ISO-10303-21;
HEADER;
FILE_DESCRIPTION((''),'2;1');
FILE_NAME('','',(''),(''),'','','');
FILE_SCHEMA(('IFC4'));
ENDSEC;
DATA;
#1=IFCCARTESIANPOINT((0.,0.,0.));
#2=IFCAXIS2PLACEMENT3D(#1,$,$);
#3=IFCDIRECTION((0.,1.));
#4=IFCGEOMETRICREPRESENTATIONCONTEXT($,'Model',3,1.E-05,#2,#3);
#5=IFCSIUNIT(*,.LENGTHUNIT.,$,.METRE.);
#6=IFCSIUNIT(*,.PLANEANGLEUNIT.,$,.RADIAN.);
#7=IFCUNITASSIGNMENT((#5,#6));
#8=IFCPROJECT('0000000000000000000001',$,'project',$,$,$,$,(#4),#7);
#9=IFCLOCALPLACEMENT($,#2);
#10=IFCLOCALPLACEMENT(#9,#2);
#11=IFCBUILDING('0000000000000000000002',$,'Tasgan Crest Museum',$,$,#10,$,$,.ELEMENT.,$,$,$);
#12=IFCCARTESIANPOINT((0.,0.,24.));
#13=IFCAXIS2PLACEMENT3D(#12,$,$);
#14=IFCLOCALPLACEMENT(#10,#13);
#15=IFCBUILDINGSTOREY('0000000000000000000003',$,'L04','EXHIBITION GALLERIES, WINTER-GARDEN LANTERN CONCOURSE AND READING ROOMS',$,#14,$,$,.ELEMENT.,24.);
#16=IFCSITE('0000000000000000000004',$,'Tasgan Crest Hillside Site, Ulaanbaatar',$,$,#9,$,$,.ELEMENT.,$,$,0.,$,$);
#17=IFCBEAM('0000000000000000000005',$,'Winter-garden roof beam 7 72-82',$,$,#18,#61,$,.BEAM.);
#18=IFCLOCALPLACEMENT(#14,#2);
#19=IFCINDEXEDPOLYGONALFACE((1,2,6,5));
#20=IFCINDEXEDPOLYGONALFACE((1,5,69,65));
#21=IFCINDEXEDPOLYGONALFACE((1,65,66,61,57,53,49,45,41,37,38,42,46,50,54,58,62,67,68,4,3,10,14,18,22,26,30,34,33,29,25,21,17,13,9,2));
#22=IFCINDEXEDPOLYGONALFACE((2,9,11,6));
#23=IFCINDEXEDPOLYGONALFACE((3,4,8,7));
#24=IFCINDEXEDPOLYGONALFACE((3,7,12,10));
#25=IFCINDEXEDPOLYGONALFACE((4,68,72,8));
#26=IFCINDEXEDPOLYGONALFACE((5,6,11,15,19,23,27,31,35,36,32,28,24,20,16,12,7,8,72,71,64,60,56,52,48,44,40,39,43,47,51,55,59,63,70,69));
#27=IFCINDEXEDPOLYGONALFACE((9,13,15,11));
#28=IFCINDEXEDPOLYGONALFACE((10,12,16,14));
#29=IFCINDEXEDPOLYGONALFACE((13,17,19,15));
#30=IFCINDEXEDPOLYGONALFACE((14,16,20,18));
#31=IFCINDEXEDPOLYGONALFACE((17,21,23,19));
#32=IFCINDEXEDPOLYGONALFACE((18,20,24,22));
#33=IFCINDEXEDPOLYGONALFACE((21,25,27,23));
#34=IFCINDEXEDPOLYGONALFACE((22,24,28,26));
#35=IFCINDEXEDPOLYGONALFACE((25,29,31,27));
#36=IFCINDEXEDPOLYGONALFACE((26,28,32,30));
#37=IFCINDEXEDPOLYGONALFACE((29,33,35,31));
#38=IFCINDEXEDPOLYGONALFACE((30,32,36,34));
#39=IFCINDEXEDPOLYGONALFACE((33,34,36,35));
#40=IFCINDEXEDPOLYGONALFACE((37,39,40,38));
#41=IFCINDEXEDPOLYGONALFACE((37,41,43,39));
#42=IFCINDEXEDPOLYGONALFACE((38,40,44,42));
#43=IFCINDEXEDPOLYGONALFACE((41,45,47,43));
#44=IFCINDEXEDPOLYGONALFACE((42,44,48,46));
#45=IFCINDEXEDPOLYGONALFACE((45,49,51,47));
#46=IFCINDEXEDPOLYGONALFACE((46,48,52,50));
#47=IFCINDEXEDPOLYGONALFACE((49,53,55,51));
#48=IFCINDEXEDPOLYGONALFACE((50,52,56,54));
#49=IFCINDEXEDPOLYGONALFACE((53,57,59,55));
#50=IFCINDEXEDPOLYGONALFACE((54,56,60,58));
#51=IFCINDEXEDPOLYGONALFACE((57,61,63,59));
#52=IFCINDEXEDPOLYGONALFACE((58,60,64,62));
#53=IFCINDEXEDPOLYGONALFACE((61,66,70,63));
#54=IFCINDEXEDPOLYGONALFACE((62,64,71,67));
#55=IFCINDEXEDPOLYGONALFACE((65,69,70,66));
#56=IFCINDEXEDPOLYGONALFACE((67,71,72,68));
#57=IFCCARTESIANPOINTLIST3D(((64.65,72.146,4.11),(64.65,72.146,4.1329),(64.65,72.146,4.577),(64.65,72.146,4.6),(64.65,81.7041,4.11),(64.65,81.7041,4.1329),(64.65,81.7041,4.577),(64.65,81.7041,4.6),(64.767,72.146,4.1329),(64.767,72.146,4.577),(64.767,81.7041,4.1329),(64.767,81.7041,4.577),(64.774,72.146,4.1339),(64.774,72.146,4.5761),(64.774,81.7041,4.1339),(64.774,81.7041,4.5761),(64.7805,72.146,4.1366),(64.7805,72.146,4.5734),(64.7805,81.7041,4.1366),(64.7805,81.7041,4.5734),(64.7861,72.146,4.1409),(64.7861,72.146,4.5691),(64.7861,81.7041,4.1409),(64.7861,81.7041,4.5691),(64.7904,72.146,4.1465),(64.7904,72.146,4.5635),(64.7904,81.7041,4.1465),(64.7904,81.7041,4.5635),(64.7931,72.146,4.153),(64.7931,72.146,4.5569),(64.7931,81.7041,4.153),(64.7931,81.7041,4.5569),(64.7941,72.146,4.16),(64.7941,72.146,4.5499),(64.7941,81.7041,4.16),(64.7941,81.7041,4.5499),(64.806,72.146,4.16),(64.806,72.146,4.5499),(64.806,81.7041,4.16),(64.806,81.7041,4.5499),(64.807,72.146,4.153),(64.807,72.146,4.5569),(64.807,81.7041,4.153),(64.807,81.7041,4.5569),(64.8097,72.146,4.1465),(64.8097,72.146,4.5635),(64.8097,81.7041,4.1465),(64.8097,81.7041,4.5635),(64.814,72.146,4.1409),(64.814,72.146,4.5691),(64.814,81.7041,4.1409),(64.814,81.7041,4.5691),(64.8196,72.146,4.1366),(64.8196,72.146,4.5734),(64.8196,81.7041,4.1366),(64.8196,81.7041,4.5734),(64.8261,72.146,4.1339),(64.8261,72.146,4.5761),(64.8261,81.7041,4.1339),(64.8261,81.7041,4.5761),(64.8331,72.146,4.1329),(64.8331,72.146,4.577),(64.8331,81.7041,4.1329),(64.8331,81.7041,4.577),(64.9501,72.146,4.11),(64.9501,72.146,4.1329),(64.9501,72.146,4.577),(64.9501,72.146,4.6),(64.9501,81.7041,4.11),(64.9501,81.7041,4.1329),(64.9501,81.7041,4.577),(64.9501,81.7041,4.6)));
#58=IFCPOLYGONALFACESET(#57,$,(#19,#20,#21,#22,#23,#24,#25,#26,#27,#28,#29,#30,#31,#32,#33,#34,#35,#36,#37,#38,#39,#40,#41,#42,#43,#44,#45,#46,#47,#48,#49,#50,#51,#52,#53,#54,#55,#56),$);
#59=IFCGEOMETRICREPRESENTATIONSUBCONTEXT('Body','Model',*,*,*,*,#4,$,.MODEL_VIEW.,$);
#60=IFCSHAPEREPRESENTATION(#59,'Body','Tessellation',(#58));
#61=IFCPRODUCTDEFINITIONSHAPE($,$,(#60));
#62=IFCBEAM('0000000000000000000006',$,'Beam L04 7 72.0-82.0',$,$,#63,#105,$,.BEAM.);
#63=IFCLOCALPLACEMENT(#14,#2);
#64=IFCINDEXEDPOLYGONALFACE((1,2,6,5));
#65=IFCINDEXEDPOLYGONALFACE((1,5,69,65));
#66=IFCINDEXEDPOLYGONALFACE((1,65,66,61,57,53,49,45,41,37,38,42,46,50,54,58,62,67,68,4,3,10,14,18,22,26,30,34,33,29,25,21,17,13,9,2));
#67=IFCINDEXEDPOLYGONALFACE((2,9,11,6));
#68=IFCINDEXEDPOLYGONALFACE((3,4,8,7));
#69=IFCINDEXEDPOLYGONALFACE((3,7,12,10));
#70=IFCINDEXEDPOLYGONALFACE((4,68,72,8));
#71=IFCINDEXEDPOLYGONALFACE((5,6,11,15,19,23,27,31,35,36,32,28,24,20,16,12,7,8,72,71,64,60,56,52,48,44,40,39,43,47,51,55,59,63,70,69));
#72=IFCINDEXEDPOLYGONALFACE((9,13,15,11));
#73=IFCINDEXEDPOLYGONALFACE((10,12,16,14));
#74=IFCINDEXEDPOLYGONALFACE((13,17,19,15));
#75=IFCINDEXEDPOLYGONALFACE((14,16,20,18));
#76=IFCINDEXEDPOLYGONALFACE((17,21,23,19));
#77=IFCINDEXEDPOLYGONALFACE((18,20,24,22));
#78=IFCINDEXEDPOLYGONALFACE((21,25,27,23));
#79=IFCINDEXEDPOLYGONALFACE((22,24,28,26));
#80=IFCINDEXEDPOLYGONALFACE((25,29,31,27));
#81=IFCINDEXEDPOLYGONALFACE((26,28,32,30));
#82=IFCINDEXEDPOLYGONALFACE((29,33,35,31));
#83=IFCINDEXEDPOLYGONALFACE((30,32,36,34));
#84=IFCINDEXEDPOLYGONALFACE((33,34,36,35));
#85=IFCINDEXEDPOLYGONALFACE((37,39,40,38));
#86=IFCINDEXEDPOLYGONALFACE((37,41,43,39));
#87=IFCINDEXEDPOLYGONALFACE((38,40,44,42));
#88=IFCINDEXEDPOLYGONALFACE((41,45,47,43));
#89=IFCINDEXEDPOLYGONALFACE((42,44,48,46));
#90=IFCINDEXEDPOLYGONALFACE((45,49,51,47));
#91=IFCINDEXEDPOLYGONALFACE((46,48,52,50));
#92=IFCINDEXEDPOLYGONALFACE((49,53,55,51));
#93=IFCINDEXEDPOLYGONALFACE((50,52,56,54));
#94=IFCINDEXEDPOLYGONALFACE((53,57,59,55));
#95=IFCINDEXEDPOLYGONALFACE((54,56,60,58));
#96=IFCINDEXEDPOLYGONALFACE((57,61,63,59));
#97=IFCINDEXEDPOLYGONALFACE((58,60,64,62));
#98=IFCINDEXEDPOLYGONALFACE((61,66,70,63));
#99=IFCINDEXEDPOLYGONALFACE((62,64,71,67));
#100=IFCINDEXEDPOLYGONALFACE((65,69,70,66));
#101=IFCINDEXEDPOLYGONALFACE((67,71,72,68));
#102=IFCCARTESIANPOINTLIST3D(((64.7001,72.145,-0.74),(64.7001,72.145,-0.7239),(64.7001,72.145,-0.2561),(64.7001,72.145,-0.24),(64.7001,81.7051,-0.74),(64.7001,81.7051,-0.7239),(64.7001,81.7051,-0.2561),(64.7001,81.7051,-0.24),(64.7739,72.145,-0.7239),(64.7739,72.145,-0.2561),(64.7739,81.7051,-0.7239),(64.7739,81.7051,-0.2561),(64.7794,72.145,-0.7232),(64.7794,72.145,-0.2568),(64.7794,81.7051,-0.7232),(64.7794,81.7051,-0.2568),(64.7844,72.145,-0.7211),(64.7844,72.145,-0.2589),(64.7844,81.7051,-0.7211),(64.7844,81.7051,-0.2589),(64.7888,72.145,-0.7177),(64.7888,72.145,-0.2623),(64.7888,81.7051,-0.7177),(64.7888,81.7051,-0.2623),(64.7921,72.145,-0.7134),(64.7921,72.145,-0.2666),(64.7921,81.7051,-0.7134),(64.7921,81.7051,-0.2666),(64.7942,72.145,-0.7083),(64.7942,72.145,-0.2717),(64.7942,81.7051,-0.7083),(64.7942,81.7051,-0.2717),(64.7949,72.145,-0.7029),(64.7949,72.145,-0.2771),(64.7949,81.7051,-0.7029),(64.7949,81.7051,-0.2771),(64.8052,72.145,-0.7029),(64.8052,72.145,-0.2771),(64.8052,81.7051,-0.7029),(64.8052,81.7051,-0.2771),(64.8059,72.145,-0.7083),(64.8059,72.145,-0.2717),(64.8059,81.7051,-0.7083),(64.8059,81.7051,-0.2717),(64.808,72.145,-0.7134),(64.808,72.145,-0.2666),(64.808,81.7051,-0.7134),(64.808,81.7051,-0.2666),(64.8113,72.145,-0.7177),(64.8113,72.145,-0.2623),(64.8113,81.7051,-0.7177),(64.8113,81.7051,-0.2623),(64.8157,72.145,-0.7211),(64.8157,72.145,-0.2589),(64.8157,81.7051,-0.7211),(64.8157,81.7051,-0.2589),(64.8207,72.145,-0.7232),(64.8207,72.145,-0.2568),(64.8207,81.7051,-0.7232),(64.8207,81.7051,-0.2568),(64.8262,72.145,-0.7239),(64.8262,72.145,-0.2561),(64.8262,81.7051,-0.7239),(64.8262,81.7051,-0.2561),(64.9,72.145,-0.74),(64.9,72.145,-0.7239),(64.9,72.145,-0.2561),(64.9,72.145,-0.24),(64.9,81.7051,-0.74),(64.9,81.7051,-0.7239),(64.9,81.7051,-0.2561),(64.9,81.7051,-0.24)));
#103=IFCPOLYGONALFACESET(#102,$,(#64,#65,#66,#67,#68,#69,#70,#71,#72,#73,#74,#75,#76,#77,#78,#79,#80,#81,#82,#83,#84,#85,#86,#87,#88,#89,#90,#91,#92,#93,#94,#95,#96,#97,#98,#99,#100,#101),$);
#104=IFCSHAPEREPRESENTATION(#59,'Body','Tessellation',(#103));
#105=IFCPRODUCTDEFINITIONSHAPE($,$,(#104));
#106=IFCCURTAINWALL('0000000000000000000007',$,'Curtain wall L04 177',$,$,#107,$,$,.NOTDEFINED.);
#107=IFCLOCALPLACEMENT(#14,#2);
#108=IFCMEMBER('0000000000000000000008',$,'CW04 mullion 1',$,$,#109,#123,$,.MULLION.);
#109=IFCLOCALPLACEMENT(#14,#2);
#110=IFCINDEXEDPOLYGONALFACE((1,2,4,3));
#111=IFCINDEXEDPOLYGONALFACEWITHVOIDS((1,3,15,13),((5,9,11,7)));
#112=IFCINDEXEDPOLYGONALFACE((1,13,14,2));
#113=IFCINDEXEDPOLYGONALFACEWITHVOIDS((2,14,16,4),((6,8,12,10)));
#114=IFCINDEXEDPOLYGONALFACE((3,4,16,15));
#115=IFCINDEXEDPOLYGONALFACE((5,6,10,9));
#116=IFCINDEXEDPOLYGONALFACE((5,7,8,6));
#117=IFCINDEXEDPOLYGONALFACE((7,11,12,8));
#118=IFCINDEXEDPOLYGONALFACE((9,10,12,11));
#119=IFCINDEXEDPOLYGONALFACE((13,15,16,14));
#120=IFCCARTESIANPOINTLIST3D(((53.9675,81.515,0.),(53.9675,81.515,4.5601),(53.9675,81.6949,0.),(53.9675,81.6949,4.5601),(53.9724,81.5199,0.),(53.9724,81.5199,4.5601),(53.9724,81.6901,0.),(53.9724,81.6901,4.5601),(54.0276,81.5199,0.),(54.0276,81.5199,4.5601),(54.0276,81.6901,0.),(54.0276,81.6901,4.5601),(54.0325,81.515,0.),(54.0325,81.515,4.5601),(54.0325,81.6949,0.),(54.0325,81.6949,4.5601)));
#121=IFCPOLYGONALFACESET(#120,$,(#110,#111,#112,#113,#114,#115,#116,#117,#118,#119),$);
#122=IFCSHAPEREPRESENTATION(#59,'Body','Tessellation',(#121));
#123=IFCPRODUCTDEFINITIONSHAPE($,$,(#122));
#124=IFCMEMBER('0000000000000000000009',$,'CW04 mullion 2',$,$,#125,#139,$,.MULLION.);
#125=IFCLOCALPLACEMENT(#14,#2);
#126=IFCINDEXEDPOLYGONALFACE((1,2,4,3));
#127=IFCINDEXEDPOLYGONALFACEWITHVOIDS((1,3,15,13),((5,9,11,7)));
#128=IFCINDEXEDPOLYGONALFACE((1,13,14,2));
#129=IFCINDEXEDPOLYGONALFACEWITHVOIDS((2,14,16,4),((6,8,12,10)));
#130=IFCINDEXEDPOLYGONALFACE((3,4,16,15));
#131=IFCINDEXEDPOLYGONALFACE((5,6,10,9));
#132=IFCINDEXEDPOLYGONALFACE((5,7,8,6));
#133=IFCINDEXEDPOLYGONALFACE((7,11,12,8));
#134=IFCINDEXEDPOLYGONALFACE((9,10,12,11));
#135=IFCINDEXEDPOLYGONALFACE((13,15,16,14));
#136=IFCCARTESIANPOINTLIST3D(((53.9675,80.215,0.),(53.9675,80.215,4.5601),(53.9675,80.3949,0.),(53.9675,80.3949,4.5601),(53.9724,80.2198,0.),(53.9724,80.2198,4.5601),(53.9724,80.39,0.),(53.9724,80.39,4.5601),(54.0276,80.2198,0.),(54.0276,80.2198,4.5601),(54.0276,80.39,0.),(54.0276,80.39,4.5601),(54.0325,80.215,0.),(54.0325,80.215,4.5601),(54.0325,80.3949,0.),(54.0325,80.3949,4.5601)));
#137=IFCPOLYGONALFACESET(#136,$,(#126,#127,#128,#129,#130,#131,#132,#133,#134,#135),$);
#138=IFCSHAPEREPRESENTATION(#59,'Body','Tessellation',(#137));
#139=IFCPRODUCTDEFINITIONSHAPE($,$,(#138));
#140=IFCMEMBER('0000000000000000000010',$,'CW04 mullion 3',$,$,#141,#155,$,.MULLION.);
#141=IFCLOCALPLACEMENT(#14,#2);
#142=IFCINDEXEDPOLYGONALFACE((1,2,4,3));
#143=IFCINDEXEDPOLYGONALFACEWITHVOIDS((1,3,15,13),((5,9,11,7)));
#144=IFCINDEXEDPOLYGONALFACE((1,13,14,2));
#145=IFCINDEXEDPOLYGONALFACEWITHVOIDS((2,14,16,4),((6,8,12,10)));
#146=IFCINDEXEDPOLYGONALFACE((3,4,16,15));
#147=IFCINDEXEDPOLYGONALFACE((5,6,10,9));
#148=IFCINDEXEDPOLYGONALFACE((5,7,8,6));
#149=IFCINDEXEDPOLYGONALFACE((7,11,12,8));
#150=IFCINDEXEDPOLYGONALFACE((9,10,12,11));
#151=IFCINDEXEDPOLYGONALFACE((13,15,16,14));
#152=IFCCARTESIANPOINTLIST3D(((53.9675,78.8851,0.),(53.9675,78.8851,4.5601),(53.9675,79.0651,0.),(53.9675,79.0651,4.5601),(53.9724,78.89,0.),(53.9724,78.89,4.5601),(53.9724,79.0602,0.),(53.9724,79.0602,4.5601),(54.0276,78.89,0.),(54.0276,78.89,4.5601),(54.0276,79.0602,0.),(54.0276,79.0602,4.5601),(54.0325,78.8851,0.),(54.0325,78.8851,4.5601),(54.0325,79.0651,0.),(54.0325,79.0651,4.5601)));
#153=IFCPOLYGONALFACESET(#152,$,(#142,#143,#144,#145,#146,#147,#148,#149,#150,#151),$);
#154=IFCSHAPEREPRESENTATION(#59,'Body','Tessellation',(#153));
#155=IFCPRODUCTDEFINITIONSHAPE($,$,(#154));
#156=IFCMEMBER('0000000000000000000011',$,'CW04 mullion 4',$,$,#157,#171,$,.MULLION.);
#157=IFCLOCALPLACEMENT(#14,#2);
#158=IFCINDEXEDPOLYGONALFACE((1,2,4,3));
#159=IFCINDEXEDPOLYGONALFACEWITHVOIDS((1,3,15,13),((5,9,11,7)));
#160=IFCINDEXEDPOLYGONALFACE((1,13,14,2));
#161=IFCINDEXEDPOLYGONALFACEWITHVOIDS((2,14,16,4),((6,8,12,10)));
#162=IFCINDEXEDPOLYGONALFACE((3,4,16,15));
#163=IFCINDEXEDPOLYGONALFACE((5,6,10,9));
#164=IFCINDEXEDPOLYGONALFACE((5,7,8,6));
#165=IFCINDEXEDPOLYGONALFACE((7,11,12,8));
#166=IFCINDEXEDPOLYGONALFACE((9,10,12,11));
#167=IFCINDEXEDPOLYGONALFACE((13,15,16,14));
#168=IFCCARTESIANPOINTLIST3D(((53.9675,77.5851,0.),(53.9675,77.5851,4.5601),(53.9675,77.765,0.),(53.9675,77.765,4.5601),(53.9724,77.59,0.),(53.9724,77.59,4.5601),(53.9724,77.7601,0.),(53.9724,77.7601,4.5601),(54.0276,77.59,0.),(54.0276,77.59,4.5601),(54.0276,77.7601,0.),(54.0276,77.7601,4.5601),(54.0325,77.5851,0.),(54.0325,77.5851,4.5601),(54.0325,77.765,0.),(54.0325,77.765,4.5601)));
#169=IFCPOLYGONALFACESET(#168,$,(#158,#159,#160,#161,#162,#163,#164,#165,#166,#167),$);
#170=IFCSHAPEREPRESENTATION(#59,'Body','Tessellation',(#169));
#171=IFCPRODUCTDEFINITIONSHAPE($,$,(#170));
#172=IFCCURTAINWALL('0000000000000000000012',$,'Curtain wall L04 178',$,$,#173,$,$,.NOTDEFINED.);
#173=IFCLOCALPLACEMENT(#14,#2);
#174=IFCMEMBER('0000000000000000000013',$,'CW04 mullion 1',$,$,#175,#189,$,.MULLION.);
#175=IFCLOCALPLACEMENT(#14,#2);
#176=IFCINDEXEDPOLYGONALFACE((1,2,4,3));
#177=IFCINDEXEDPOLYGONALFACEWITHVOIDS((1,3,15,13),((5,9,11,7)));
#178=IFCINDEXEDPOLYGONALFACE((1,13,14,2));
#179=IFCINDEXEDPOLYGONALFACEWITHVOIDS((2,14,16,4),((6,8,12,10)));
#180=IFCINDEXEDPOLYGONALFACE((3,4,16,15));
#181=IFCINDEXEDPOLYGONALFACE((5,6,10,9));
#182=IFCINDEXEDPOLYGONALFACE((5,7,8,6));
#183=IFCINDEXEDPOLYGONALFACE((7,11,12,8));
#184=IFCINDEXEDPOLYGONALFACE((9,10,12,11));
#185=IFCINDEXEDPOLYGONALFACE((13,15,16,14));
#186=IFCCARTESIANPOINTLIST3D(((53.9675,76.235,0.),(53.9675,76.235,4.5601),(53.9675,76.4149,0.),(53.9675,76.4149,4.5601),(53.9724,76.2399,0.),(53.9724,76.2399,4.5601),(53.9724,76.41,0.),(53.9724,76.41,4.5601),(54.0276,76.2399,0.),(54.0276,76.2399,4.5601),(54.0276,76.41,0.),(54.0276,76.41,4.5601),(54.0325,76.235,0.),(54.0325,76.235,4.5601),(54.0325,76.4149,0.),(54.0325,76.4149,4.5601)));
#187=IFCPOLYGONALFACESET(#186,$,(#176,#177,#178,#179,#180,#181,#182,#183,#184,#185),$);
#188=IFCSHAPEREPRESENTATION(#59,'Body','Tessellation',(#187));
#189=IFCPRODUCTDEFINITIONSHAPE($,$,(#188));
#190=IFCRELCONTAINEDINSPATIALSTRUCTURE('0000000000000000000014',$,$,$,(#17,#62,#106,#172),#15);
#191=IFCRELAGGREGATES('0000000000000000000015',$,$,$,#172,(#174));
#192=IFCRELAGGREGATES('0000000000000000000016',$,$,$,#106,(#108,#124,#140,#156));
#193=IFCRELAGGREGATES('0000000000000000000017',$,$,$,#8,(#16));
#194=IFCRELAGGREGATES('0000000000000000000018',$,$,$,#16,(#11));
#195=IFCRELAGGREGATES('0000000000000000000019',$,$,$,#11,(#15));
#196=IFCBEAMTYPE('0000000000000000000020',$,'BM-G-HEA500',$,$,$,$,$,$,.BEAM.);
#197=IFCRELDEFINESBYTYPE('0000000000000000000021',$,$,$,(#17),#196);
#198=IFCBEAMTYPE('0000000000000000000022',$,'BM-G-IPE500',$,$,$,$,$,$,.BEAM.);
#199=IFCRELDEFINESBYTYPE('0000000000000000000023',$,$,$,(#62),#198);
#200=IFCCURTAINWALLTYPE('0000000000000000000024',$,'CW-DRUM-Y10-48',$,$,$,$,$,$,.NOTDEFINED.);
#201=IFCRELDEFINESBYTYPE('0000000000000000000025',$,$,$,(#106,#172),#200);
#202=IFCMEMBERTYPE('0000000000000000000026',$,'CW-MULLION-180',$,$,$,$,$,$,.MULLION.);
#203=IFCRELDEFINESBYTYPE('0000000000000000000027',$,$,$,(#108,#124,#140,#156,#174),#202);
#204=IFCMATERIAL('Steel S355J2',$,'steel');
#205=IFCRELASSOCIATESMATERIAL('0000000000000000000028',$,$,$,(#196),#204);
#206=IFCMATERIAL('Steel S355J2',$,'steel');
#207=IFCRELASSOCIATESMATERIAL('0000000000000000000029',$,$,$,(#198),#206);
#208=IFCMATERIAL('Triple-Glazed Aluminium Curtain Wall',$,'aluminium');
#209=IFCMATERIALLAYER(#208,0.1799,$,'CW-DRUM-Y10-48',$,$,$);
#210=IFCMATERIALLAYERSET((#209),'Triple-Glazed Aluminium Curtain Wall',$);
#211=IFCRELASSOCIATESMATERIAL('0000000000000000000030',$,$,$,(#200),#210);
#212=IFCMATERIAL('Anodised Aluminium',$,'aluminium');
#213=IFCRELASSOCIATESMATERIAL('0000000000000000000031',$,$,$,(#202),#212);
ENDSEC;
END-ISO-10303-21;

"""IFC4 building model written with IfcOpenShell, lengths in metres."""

from ifc_helpers import new_model, si_unit, direction, frame, origin, origin_2d, place, context, subcontext, project, spatial, hollow_rectangle, i_section, extrude, material, layer, layer_set, material_profile, profile_set, type_object, element, aggregate, save


model = new_model("IFC4")

# Units and contexts
model_context = context("Model", 3, precision=1e-05, world=origin(), true_north=direction((0.0, 1.0)))
body_context = subcontext(model_context, "Body", "Model", "MODEL_VIEW")
ifc_project = project(units=[si_unit("LENGTHUNIT", "METRE"), si_unit("PLANEANGLEUNIT", "RADIAN")], contexts=[model_context])

# Site, building, storey
site_placement = place(None, origin())
site = spatial("IfcSite", under=ifc_project, at=site_placement, Name="Tasgan Crest Hillside Site, Ulaanbaatar", CompositionType="ELEMENT", RefElevation=0.0)
building_placement = place(site_placement, origin())
building = spatial("IfcBuilding", under=site, at=building_placement, Name="Tasgan Crest Museum", CompositionType="ELEMENT")
storey_placement = place(building_placement, frame((0.0, 0.0, 24.0)))
storey = spatial("IfcBuildingStorey", under=building, at=storey_placement, Name="L04", Description="EXHIBITION GALLERIES, WINTER-GARDEN LANTERN CONCOURSE AND READING ROOMS", CompositionType="ELEMENT", Elevation=24.0)

# Beams
ifc_material_1 = material(Name="Steel S355J2", Category="steel")
ifc_material_profile_1 = material_profile(ifc_material_1, i_section(OverallWidth=0.3, OverallDepth=0.49, WebThickness=0.012, FlangeThickness=0.0229, FilletRadius=0.0271, at=origin_2d()), Name="HEA 500")
ifc_profile_set_1 = profile_set([ifc_material_profile_1], Name="Steel S355J2")
beam_type_1 = type_object("IfcBeamType", Name="BM-G-HEA500", PredefinedType="BEAM", material=ifc_profile_set_1)
beam_1_placement = place(storey_placement, frame((64.8, 72.146, 4.355), z_axis=(0.0, 1.0, 0.0), x_axis=(-1.0, 0.0, 0.0)))
element("IfcBeam", 1, at=beam_1_placement, inside=storey, type_object=beam_type_1, Name="Winter-garden roof beam 7 72-82", PredefinedType="BEAM", context=body_context, shape_type="SweptSolid", body=[
    extrude(i_section(OverallWidth=0.3, OverallDepth=0.49, WebThickness=0.012, FlangeThickness=0.0229, FilletRadius=0.0271, at=origin_2d()), origin(), (0.0, 0.0, 1.0), 9.5581),
])
ifc_material_2 = material(Name="Steel S355J2", Category="steel")
ifc_material_profile_2 = material_profile(ifc_material_2, i_section(OverallWidth=0.2, OverallDepth=0.5, WebThickness=0.0103, FlangeThickness=0.0161, FilletRadius=0.021, at=origin_2d()), Name="IPE 500")
ifc_profile_set_2 = profile_set([ifc_material_profile_2], Name="Steel S355J2")
beam_type_2 = type_object("IfcBeamType", Name="BM-G-IPE500", PredefinedType="BEAM", material=ifc_profile_set_2)
beam_2_placement = place(storey_placement, frame((64.8, 72.145, -0.49), z_axis=(0.0, 1.0, 0.0), x_axis=(-1.0, 0.0, 0.0)))
element("IfcBeam", 2, at=beam_2_placement, inside=storey, type_object=beam_type_2, Name="Beam L04 7 72.0-82.0", PredefinedType="BEAM", context=body_context, shape_type="SweptSolid", body=[
    extrude(i_section(OverallWidth=0.2, OverallDepth=0.5, WebThickness=0.0103, FlangeThickness=0.0161, FilletRadius=0.021, at=origin_2d()), origin(), (0.0, 0.0, 1.0), 9.5601),
])

# Curtain wall, members
ifc_material_3 = material(Name="Triple-Glazed Aluminium Curtain Wall", Category="aluminium")
ifc_layer_1 = layer(ifc_material_3, 0.1799, Name="CW-DRUM-Y10-48")
ifc_layer_set_1 = layer_set([ifc_layer_1], Name="Triple-Glazed Aluminium Curtain Wall")
curtain_wall_type = type_object("IfcCurtainWallType", Name="CW-DRUM-Y10-48", PredefinedType="NOTDEFINED", material=ifc_layer_set_1)
curtain_wall_1_placement = place(storey_placement, origin())
curtain_wall_1 = element("IfcCurtainWall", 3, at=curtain_wall_1_placement, inside=storey, type_object=curtain_wall_type, Name="Curtain wall L04 177", PredefinedType="NOTDEFINED")
ifc_material_4 = material(Name="Anodised Aluminium", Category="aluminium")
ifc_material_profile_3 = material_profile(ifc_material_4, hollow_rectangle(XDim=0.0649, YDim=0.1799, WallThickness=0.0049, at=origin_2d()), Name="ALU MULLION 180x65x5")
ifc_profile_set_3 = profile_set([ifc_material_profile_3], Name="Anodised Aluminium")
member_type_1 = type_object("IfcMemberType", Name="CW-MULLION-180", PredefinedType="MULLION", material=ifc_profile_set_3)
member_1_placement = place(storey_placement, frame((54.0, 81.605, 0.0), z_axis=(0.0, 0.0, 1.0), x_axis=(1.0, 0.0, 0.0)))
member_1 = element("IfcMember", 4, at=member_1_placement, type_object=member_type_1, Name="CW04 mullion 1", PredefinedType="MULLION", context=body_context, shape_type="SweptSolid", body=[
    extrude(hollow_rectangle(XDim=0.0649, YDim=0.1799, WallThickness=0.0049, at=origin_2d()), origin(), (0.0, 0.0, 1.0), 4.5601),
])
member_2_placement = place(storey_placement, frame((54.0, 80.3049, 0.0), z_axis=(0.0, 0.0, 1.0), x_axis=(1.0, 0.0, 0.0)))
member_2 = element("IfcMember", 5, at=member_2_placement, type_object=member_type_1, Name="CW04 mullion 2", PredefinedType="MULLION", context=body_context, shape_type="SweptSolid", body=[
    extrude(hollow_rectangle(XDim=0.0649, YDim=0.1799, WallThickness=0.0049, at=origin_2d()), origin(), (0.0, 0.0, 1.0), 4.5601),
])
member_3_placement = place(storey_placement, frame((54.0, 78.9751, 0.0), z_axis=(0.0, 0.0, 1.0), x_axis=(1.0, 0.0, 0.0)))
member_3 = element("IfcMember", 6, at=member_3_placement, type_object=member_type_1, Name="CW04 mullion 3", PredefinedType="MULLION", context=body_context, shape_type="SweptSolid", body=[
    extrude(hollow_rectangle(XDim=0.0649, YDim=0.1799, WallThickness=0.0049, at=origin_2d()), origin(), (0.0, 0.0, 1.0), 4.5601),
])
member_4_placement = place(storey_placement, frame((54.0, 77.675, 0.0), z_axis=(0.0, 0.0, 1.0), x_axis=(1.0, 0.0, 0.0)))
member_4 = element("IfcMember", 7, at=member_4_placement, type_object=member_type_1, Name="CW04 mullion 4", PredefinedType="MULLION", context=body_context, shape_type="SweptSolid", body=[
    extrude(hollow_rectangle(XDim=0.0649, YDim=0.1799, WallThickness=0.0049, at=origin_2d()), origin(), (0.0, 0.0, 1.0), 4.5601),
])

# Curtain wall, member
curtain_wall_2_placement = place(storey_placement, origin())
curtain_wall_2 = element("IfcCurtainWall", 8, at=curtain_wall_2_placement, inside=storey, type_object=curtain_wall_type, Name="Curtain wall L04 178", PredefinedType="NOTDEFINED")
member_5_placement = place(storey_placement, frame((54.0, 76.325, 0.0), z_axis=(0.0, 0.0, 1.0), x_axis=(1.0, 0.0, 0.0)))
member_5 = element("IfcMember", 9, at=member_5_placement, type_object=member_type_1, Name="CW04 mullion 1", PredefinedType="MULLION", context=body_context, shape_type="SweptSolid", body=[
    extrude(hollow_rectangle(XDim=0.0649, YDim=0.1799, WallThickness=0.0049, at=origin_2d()), origin(), (0.0, 0.0, 1.0), 4.5601),
])

aggregate(curtain_wall_2, [member_5])

aggregate(curtain_wall_1, [member_1, member_2, member_3, member_4])

save(model, "model.ifc")
